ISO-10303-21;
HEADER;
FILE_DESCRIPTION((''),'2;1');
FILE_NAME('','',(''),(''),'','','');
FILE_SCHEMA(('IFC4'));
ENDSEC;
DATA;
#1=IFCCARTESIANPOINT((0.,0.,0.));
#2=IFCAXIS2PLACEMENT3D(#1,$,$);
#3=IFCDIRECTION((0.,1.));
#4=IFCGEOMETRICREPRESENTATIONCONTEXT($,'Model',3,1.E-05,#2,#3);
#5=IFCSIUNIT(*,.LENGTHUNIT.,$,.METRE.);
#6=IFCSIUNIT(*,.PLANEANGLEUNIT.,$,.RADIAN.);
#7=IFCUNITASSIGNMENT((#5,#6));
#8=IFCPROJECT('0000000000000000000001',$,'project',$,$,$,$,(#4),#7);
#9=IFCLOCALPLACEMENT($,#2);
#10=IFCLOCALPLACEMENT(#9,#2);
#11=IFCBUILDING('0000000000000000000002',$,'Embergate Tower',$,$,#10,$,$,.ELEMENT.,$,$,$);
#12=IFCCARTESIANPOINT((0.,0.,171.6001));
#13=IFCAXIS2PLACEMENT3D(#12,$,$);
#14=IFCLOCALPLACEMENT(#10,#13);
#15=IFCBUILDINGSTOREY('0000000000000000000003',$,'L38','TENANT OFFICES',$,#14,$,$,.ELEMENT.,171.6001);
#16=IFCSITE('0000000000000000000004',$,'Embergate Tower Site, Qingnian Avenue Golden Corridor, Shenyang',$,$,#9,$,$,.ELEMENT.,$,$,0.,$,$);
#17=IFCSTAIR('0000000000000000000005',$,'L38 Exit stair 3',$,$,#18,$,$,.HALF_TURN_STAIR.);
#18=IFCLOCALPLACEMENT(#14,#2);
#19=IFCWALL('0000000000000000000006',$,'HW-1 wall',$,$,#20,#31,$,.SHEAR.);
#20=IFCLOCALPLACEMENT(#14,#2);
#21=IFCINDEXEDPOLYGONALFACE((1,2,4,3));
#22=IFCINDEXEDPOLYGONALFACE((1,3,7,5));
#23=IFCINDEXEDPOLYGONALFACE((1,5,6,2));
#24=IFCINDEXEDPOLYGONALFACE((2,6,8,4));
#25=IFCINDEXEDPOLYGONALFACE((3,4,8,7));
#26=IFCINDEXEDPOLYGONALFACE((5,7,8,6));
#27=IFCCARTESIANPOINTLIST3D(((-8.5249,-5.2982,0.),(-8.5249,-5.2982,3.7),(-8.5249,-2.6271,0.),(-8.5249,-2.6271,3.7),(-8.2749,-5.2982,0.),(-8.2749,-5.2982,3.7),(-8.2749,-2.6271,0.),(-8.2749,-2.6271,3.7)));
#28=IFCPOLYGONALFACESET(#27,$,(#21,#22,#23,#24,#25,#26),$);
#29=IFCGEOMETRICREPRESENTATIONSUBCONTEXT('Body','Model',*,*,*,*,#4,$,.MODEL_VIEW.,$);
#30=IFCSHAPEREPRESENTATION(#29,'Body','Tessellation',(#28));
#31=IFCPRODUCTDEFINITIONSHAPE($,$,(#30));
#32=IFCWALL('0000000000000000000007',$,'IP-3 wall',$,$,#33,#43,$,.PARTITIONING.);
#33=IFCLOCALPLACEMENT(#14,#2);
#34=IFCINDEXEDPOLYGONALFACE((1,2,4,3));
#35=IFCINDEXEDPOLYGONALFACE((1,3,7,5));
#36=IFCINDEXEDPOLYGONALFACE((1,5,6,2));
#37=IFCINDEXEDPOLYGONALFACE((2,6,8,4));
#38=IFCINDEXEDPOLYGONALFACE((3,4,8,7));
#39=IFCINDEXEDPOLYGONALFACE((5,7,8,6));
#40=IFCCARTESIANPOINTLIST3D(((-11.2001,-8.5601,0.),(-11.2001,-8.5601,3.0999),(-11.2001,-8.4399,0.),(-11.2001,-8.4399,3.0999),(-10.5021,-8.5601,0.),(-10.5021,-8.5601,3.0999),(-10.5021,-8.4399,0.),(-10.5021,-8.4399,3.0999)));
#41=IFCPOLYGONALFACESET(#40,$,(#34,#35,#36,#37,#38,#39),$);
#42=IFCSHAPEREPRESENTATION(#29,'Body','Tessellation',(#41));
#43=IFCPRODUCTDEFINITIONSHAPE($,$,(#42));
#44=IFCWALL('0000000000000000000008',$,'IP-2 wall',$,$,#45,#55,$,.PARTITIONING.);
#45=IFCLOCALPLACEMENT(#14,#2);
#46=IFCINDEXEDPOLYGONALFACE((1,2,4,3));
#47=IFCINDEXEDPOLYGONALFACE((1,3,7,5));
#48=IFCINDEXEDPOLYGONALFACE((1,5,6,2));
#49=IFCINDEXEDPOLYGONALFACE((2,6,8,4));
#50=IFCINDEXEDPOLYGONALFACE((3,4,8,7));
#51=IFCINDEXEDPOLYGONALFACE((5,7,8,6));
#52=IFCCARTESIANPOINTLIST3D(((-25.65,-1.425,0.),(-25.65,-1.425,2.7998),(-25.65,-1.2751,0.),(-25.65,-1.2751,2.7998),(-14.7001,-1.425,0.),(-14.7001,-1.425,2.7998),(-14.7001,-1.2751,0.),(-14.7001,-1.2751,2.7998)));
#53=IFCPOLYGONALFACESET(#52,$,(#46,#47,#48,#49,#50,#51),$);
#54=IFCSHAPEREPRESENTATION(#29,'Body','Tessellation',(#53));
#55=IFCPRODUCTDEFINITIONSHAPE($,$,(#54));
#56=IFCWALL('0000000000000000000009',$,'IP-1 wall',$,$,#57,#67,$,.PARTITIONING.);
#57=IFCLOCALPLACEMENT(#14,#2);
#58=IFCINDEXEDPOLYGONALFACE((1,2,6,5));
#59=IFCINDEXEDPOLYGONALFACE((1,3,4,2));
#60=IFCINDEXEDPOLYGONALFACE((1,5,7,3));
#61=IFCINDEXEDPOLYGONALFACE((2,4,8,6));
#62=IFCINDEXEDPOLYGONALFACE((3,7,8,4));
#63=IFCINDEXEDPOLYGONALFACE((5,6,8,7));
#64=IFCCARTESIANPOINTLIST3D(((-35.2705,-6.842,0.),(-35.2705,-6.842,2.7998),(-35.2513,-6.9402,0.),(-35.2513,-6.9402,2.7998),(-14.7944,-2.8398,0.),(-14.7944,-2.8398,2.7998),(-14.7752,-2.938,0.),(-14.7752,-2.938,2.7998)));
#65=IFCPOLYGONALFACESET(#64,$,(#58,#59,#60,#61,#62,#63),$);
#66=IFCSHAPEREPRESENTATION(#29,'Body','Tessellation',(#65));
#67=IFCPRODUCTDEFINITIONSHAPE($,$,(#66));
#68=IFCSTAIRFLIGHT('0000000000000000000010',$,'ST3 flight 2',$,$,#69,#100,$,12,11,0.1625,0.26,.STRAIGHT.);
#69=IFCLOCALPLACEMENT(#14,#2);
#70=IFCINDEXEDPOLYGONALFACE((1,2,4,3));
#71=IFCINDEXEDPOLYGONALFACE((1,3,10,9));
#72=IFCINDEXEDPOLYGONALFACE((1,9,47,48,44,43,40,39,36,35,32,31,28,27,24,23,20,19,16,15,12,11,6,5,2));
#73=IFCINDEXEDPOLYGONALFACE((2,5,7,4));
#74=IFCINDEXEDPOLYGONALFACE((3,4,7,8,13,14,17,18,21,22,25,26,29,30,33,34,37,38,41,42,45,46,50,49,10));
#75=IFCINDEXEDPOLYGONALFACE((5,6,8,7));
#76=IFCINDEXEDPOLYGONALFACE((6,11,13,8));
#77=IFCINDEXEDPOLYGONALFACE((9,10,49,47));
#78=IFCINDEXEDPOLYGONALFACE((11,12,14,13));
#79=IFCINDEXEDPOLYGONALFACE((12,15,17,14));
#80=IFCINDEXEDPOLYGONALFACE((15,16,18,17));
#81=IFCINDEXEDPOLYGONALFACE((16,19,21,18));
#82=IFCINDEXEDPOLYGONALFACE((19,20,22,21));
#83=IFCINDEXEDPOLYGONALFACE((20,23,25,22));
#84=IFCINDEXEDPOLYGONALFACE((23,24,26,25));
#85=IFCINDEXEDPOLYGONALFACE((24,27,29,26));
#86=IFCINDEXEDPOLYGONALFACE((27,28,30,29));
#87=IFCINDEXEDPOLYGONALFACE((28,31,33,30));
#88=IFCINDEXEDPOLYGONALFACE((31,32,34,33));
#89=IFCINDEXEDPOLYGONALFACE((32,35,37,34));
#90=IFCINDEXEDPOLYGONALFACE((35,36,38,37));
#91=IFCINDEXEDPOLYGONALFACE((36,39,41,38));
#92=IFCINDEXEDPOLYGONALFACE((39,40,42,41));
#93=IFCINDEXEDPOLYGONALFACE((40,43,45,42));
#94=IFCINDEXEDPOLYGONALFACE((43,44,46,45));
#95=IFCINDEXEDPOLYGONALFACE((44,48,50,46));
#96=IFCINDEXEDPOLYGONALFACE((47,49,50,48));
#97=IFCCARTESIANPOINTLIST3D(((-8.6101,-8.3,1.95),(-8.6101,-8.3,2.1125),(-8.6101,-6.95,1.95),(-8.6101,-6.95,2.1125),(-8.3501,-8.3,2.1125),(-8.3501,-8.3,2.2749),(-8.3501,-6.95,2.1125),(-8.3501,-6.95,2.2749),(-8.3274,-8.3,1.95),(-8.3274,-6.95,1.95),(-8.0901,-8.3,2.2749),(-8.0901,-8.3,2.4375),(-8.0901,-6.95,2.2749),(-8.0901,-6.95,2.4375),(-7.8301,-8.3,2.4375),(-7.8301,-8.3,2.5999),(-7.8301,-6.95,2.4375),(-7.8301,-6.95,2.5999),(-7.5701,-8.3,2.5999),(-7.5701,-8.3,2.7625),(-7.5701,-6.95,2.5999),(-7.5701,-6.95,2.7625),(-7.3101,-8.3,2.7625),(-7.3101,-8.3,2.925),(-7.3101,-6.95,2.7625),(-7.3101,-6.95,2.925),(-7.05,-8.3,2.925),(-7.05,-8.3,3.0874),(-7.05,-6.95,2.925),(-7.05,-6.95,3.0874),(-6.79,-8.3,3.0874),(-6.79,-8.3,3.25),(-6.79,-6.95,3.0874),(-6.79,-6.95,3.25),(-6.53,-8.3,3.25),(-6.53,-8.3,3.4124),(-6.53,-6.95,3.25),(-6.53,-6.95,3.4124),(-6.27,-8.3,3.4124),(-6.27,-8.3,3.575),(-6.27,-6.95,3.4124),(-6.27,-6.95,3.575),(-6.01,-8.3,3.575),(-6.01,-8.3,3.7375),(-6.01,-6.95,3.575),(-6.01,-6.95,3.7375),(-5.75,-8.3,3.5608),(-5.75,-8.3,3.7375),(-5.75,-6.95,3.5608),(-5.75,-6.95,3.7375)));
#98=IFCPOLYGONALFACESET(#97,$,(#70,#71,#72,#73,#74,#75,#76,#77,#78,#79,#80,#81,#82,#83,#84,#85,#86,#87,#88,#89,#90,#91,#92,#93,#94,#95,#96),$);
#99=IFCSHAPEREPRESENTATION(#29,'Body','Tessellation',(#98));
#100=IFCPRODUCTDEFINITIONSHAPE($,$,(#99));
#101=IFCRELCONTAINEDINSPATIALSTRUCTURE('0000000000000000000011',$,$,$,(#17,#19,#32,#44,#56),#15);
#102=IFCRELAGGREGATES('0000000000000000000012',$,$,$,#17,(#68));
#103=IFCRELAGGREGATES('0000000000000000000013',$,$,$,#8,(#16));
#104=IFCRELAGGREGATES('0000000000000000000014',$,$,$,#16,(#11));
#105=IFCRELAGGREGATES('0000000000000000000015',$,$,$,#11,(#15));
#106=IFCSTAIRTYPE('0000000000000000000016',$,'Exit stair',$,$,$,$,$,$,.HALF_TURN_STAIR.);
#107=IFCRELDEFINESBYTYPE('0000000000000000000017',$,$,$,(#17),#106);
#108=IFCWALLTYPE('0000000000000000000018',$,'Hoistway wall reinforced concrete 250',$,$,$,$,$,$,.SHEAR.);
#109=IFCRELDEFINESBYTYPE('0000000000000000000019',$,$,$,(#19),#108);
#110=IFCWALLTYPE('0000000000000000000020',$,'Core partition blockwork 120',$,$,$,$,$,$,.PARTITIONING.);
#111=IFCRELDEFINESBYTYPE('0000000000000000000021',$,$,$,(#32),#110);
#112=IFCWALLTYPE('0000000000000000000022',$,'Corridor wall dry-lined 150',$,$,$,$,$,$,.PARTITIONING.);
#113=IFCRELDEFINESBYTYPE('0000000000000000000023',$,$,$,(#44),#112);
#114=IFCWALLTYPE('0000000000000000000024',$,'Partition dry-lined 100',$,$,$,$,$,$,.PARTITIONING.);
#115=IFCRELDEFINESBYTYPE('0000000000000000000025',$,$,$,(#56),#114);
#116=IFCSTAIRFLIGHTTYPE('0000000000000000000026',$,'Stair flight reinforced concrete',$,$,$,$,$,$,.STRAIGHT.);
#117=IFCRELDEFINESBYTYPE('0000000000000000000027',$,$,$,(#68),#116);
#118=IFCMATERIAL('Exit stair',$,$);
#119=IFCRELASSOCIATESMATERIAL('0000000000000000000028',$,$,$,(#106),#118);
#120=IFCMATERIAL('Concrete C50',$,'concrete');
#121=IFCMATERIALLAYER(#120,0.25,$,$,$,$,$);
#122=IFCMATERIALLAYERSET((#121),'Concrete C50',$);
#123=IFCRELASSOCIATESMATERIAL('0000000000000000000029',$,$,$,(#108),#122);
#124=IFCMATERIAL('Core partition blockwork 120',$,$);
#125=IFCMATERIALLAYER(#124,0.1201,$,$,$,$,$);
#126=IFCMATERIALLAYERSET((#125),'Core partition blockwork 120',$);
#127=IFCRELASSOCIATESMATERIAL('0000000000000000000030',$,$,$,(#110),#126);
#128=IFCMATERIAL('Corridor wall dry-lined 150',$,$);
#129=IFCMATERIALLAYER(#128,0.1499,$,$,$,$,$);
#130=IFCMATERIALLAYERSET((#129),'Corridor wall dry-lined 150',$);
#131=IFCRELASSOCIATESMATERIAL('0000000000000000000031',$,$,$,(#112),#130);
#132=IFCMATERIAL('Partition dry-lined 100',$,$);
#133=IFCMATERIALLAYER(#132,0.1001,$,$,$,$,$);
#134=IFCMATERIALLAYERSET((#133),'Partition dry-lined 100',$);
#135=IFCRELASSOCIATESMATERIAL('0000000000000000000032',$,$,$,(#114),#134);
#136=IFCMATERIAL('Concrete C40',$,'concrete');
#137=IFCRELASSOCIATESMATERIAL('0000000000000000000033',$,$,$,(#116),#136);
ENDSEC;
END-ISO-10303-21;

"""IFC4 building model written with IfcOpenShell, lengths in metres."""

from ifc_helpers import new_model, si_unit, direction, frame, frame_2d, origin, place, context, subcontext, project, spatial, polyline, rectangle, outline, extrude, source, transform, mapped, material, layer, layer_set, type_object, element, aggregate, save


model = new_model("IFC4")

# Units and contexts
model_context = context("Model", 3, precision=1e-05, world=origin(), true_north=direction((0.0, 1.0)))
body_context = subcontext(model_context, "Body", "Model", "MODEL_VIEW")
ifc_project = project(units=[si_unit("LENGTHUNIT", "METRE"), si_unit("PLANEANGLEUNIT", "RADIAN")], contexts=[model_context])

# Site, building, storey
site_placement = place(None, origin())
site = spatial("IfcSite", under=ifc_project, at=site_placement, Name="Embergate Tower Site, Qingnian Avenue Golden Corridor, Shenyang", CompositionType="ELEMENT", RefElevation=0.0)
building_placement = place(site_placement, origin())
building = spatial("IfcBuilding", under=site, at=building_placement, Name="Embergate Tower", CompositionType="ELEMENT")
storey_placement = place(building_placement, frame((0.0, 0.0, 171.6001)))
storey = spatial("IfcBuildingStorey", under=building, at=storey_placement, Name="L38", Description="TENANT OFFICES", CompositionType="ELEMENT", Elevation=171.6001)

# Stair
ifc_material_1 = material(Name="Exit stair")
stair_type = type_object("IfcStairType", Name="Exit stair", PredefinedType="HALF_TURN_STAIR", material=ifc_material_1)
stair_placement = place(storey_placement, origin())
stair = element("IfcStair", 1, at=stair_placement, inside=storey, type_object=stair_type, Name="L38 Exit stair 3", PredefinedType="HALF_TURN_STAIR")
ifc_material_2 = material(Name="Concrete C40", Category="concrete")

# Shared definitions
ifc_material_3 = material(Name="Concrete C50", Category="concrete")

# Shared definitions
ifc_layer_1 = layer(ifc_material_3, 0.25)
ifc_layer_set_1 = layer_set([ifc_layer_1], Name="Concrete C50")
wall_type_1 = type_object("IfcWallType", Name="Hoistway wall reinforced concrete 250", PredefinedType="SHEAR", material=ifc_layer_set_1)

# Walls
shared_shape_1 = source(origin(), body_context, "Body", "SweptSolid", [
    extrude(rectangle(XDim=2.6711, YDim=0.25, at=frame_2d((1.3354, 0.0))), origin(), (0.0, 0.0, 1.0), 3.7),
])
wall_1_placement = place(storey_placement, frame((-8.3999, -5.2981, 0.0), z_axis=(0.0, 0.0, 1.0), x_axis=(0.0, 1.0, 0.0)))
element("IfcWall", 2, at=wall_1_placement, inside=storey, type_object=wall_type_1, Name="HW-1 wall", PredefinedType="SHEAR", context=body_context, shape_type="MappedRepresentation", body=[
    mapped(shared_shape_1, transform((0.0, 0.0, 0.0))),
])
ifc_material_4 = material(Name="Core partition blockwork 120")
ifc_layer_2 = layer(ifc_material_4, 0.1201)
ifc_layer_set_2 = layer_set([ifc_layer_2], Name="Core partition blockwork 120")
wall_type_2 = type_object("IfcWallType", Name="Core partition blockwork 120", PredefinedType="PARTITIONING", material=ifc_layer_set_2)
shared_shape_2 = source(origin(), body_context, "Body", "SweptSolid", [
    extrude(rectangle(XDim=0.698, YDim=0.1201, at=frame_2d((0.3491, 0.0))), origin(), (0.0, 0.0, 1.0), 3.0999),
])
wall_2_placement = place(storey_placement, frame((-10.502, -8.5, 0.0), z_axis=(0.0, 0.0, 1.0), x_axis=(-1.0, 0.0, 0.0)))
element("IfcWall", 3, at=wall_2_placement, inside=storey, type_object=wall_type_2, Name="IP-3 wall", PredefinedType="PARTITIONING", context=body_context, shape_type="MappedRepresentation", body=[
    mapped(shared_shape_2, transform((0.0, 0.0, 0.0))),
])
ifc_material_5 = material(Name="Corridor wall dry-lined 150")
ifc_layer_3 = layer(ifc_material_5, 0.1499)
ifc_layer_set_3 = layer_set([ifc_layer_3], Name="Corridor wall dry-lined 150")
wall_type_3 = type_object("IfcWallType", Name="Corridor wall dry-lined 150", PredefinedType="PARTITIONING", material=ifc_layer_set_3)
shared_shape_3 = source(origin(), body_context, "Body", "SweptSolid", [
    extrude(rectangle(XDim=10.95, YDim=0.1499, at=frame_2d((5.4751, 0.0))), origin(), (0.0, 0.0, 1.0), 2.7998),
])
wall_3_placement = place(storey_placement, frame((-14.7, -1.3501, 0.0), z_axis=(0.0, 0.0, 1.0), x_axis=(-1.0, 0.0, 0.0)))
element("IfcWall", 4, at=wall_3_placement, inside=storey, type_object=wall_type_3, Name="IP-2 wall", PredefinedType="PARTITIONING", context=body_context, shape_type="MappedRepresentation", body=[
    mapped(shared_shape_3, transform((0.0, 0.0, 0.0))),
])
ifc_material_6 = material(Name="Partition dry-lined 100")
ifc_layer_4 = layer(ifc_material_6, 0.1001)
ifc_layer_set_4 = layer_set([ifc_layer_4], Name="Partition dry-lined 100")
wall_type_4 = type_object("IfcWallType", Name="Partition dry-lined 100", PredefinedType="PARTITIONING", material=ifc_layer_set_4)
shared_shape_4 = source(origin(), body_context, "Body", "SweptSolid", [
    extrude(rectangle(XDim=20.8635, YDim=0.1001, at=frame_2d((10.4316, 0.0))), origin(), (0.0, 0.0, 1.0), 2.7998),
])
wall_4_placement = place(storey_placement, frame((-14.7849, -2.8889, 0.0), z_axis=(0.0, 0.0, 1.0), x_axis=(-0.981429, -0.191827, 0.0)))
element("IfcWall", 5, at=wall_4_placement, inside=storey, type_object=wall_type_4, Name="IP-1 wall", PredefinedType="PARTITIONING", context=body_context, shape_type="MappedRepresentation", body=[
    mapped(shared_shape_4, transform((0.0, 0.0, 0.0))),
])

# Stair flight
stair_flight_type = type_object("IfcStairFlightType", Name="Stair flight reinforced concrete", PredefinedType="STRAIGHT", material=ifc_material_2)
shared_shape_5 = source(origin(), body_context, "Body", "SweptSolid", [
    extrude(outline(polyline([(0.0, 0.0), (0.0, 0.1626), (0.26, 0.1626), (0.26, 0.325), (0.52, 0.325), (0.52, 0.4875), (0.78, 0.4875), (0.78, 0.6499), (1.04, 0.6499), (1.04, 0.8125), (1.3, 0.8125), (1.3, 0.9751), (1.5601, 0.9751), (1.5601, 1.1375), (1.8201, 1.1375), (1.8201, 1.3), (2.0801, 1.3), (2.0801, 1.4624), (2.3401, 1.4624), (2.3401, 1.625), (2.6001, 1.625), (2.6001, 1.7876), (2.8601, 1.7876), (2.8601, 1.95), (2.8601, 1.6108), (0.2827, 0.0), (0.0, 0.0)])), frame((0.0, 0.675, 0.0), z_axis=(0.0, -1.0, 0.0), x_axis=(1.0, 0.0, 0.0)), (0.0, 0.0, 1.0), 1.3501),
])
stair_flight_placement = place(storey_placement, frame((-8.6101, -7.625, 1.95), z_axis=(0.0, 0.0, 1.0), x_axis=(1.0, 0.0, 0.0)))
stair_flight = element("IfcStairFlight", 6, at=stair_flight_placement, type_object=stair_flight_type, Name="ST3 flight 2", NumberOfRisers=12, NumberOfTreads=11, PredefinedType="STRAIGHT", RiserHeight=0.1625, TreadLength=0.26, context=body_context, shape_type="MappedRepresentation", body=[
    mapped(shared_shape_5, transform((0.0, 0.0, 0.0))),
])
aggregate(stair, [stair_flight])

save(model, "model.ifc")
